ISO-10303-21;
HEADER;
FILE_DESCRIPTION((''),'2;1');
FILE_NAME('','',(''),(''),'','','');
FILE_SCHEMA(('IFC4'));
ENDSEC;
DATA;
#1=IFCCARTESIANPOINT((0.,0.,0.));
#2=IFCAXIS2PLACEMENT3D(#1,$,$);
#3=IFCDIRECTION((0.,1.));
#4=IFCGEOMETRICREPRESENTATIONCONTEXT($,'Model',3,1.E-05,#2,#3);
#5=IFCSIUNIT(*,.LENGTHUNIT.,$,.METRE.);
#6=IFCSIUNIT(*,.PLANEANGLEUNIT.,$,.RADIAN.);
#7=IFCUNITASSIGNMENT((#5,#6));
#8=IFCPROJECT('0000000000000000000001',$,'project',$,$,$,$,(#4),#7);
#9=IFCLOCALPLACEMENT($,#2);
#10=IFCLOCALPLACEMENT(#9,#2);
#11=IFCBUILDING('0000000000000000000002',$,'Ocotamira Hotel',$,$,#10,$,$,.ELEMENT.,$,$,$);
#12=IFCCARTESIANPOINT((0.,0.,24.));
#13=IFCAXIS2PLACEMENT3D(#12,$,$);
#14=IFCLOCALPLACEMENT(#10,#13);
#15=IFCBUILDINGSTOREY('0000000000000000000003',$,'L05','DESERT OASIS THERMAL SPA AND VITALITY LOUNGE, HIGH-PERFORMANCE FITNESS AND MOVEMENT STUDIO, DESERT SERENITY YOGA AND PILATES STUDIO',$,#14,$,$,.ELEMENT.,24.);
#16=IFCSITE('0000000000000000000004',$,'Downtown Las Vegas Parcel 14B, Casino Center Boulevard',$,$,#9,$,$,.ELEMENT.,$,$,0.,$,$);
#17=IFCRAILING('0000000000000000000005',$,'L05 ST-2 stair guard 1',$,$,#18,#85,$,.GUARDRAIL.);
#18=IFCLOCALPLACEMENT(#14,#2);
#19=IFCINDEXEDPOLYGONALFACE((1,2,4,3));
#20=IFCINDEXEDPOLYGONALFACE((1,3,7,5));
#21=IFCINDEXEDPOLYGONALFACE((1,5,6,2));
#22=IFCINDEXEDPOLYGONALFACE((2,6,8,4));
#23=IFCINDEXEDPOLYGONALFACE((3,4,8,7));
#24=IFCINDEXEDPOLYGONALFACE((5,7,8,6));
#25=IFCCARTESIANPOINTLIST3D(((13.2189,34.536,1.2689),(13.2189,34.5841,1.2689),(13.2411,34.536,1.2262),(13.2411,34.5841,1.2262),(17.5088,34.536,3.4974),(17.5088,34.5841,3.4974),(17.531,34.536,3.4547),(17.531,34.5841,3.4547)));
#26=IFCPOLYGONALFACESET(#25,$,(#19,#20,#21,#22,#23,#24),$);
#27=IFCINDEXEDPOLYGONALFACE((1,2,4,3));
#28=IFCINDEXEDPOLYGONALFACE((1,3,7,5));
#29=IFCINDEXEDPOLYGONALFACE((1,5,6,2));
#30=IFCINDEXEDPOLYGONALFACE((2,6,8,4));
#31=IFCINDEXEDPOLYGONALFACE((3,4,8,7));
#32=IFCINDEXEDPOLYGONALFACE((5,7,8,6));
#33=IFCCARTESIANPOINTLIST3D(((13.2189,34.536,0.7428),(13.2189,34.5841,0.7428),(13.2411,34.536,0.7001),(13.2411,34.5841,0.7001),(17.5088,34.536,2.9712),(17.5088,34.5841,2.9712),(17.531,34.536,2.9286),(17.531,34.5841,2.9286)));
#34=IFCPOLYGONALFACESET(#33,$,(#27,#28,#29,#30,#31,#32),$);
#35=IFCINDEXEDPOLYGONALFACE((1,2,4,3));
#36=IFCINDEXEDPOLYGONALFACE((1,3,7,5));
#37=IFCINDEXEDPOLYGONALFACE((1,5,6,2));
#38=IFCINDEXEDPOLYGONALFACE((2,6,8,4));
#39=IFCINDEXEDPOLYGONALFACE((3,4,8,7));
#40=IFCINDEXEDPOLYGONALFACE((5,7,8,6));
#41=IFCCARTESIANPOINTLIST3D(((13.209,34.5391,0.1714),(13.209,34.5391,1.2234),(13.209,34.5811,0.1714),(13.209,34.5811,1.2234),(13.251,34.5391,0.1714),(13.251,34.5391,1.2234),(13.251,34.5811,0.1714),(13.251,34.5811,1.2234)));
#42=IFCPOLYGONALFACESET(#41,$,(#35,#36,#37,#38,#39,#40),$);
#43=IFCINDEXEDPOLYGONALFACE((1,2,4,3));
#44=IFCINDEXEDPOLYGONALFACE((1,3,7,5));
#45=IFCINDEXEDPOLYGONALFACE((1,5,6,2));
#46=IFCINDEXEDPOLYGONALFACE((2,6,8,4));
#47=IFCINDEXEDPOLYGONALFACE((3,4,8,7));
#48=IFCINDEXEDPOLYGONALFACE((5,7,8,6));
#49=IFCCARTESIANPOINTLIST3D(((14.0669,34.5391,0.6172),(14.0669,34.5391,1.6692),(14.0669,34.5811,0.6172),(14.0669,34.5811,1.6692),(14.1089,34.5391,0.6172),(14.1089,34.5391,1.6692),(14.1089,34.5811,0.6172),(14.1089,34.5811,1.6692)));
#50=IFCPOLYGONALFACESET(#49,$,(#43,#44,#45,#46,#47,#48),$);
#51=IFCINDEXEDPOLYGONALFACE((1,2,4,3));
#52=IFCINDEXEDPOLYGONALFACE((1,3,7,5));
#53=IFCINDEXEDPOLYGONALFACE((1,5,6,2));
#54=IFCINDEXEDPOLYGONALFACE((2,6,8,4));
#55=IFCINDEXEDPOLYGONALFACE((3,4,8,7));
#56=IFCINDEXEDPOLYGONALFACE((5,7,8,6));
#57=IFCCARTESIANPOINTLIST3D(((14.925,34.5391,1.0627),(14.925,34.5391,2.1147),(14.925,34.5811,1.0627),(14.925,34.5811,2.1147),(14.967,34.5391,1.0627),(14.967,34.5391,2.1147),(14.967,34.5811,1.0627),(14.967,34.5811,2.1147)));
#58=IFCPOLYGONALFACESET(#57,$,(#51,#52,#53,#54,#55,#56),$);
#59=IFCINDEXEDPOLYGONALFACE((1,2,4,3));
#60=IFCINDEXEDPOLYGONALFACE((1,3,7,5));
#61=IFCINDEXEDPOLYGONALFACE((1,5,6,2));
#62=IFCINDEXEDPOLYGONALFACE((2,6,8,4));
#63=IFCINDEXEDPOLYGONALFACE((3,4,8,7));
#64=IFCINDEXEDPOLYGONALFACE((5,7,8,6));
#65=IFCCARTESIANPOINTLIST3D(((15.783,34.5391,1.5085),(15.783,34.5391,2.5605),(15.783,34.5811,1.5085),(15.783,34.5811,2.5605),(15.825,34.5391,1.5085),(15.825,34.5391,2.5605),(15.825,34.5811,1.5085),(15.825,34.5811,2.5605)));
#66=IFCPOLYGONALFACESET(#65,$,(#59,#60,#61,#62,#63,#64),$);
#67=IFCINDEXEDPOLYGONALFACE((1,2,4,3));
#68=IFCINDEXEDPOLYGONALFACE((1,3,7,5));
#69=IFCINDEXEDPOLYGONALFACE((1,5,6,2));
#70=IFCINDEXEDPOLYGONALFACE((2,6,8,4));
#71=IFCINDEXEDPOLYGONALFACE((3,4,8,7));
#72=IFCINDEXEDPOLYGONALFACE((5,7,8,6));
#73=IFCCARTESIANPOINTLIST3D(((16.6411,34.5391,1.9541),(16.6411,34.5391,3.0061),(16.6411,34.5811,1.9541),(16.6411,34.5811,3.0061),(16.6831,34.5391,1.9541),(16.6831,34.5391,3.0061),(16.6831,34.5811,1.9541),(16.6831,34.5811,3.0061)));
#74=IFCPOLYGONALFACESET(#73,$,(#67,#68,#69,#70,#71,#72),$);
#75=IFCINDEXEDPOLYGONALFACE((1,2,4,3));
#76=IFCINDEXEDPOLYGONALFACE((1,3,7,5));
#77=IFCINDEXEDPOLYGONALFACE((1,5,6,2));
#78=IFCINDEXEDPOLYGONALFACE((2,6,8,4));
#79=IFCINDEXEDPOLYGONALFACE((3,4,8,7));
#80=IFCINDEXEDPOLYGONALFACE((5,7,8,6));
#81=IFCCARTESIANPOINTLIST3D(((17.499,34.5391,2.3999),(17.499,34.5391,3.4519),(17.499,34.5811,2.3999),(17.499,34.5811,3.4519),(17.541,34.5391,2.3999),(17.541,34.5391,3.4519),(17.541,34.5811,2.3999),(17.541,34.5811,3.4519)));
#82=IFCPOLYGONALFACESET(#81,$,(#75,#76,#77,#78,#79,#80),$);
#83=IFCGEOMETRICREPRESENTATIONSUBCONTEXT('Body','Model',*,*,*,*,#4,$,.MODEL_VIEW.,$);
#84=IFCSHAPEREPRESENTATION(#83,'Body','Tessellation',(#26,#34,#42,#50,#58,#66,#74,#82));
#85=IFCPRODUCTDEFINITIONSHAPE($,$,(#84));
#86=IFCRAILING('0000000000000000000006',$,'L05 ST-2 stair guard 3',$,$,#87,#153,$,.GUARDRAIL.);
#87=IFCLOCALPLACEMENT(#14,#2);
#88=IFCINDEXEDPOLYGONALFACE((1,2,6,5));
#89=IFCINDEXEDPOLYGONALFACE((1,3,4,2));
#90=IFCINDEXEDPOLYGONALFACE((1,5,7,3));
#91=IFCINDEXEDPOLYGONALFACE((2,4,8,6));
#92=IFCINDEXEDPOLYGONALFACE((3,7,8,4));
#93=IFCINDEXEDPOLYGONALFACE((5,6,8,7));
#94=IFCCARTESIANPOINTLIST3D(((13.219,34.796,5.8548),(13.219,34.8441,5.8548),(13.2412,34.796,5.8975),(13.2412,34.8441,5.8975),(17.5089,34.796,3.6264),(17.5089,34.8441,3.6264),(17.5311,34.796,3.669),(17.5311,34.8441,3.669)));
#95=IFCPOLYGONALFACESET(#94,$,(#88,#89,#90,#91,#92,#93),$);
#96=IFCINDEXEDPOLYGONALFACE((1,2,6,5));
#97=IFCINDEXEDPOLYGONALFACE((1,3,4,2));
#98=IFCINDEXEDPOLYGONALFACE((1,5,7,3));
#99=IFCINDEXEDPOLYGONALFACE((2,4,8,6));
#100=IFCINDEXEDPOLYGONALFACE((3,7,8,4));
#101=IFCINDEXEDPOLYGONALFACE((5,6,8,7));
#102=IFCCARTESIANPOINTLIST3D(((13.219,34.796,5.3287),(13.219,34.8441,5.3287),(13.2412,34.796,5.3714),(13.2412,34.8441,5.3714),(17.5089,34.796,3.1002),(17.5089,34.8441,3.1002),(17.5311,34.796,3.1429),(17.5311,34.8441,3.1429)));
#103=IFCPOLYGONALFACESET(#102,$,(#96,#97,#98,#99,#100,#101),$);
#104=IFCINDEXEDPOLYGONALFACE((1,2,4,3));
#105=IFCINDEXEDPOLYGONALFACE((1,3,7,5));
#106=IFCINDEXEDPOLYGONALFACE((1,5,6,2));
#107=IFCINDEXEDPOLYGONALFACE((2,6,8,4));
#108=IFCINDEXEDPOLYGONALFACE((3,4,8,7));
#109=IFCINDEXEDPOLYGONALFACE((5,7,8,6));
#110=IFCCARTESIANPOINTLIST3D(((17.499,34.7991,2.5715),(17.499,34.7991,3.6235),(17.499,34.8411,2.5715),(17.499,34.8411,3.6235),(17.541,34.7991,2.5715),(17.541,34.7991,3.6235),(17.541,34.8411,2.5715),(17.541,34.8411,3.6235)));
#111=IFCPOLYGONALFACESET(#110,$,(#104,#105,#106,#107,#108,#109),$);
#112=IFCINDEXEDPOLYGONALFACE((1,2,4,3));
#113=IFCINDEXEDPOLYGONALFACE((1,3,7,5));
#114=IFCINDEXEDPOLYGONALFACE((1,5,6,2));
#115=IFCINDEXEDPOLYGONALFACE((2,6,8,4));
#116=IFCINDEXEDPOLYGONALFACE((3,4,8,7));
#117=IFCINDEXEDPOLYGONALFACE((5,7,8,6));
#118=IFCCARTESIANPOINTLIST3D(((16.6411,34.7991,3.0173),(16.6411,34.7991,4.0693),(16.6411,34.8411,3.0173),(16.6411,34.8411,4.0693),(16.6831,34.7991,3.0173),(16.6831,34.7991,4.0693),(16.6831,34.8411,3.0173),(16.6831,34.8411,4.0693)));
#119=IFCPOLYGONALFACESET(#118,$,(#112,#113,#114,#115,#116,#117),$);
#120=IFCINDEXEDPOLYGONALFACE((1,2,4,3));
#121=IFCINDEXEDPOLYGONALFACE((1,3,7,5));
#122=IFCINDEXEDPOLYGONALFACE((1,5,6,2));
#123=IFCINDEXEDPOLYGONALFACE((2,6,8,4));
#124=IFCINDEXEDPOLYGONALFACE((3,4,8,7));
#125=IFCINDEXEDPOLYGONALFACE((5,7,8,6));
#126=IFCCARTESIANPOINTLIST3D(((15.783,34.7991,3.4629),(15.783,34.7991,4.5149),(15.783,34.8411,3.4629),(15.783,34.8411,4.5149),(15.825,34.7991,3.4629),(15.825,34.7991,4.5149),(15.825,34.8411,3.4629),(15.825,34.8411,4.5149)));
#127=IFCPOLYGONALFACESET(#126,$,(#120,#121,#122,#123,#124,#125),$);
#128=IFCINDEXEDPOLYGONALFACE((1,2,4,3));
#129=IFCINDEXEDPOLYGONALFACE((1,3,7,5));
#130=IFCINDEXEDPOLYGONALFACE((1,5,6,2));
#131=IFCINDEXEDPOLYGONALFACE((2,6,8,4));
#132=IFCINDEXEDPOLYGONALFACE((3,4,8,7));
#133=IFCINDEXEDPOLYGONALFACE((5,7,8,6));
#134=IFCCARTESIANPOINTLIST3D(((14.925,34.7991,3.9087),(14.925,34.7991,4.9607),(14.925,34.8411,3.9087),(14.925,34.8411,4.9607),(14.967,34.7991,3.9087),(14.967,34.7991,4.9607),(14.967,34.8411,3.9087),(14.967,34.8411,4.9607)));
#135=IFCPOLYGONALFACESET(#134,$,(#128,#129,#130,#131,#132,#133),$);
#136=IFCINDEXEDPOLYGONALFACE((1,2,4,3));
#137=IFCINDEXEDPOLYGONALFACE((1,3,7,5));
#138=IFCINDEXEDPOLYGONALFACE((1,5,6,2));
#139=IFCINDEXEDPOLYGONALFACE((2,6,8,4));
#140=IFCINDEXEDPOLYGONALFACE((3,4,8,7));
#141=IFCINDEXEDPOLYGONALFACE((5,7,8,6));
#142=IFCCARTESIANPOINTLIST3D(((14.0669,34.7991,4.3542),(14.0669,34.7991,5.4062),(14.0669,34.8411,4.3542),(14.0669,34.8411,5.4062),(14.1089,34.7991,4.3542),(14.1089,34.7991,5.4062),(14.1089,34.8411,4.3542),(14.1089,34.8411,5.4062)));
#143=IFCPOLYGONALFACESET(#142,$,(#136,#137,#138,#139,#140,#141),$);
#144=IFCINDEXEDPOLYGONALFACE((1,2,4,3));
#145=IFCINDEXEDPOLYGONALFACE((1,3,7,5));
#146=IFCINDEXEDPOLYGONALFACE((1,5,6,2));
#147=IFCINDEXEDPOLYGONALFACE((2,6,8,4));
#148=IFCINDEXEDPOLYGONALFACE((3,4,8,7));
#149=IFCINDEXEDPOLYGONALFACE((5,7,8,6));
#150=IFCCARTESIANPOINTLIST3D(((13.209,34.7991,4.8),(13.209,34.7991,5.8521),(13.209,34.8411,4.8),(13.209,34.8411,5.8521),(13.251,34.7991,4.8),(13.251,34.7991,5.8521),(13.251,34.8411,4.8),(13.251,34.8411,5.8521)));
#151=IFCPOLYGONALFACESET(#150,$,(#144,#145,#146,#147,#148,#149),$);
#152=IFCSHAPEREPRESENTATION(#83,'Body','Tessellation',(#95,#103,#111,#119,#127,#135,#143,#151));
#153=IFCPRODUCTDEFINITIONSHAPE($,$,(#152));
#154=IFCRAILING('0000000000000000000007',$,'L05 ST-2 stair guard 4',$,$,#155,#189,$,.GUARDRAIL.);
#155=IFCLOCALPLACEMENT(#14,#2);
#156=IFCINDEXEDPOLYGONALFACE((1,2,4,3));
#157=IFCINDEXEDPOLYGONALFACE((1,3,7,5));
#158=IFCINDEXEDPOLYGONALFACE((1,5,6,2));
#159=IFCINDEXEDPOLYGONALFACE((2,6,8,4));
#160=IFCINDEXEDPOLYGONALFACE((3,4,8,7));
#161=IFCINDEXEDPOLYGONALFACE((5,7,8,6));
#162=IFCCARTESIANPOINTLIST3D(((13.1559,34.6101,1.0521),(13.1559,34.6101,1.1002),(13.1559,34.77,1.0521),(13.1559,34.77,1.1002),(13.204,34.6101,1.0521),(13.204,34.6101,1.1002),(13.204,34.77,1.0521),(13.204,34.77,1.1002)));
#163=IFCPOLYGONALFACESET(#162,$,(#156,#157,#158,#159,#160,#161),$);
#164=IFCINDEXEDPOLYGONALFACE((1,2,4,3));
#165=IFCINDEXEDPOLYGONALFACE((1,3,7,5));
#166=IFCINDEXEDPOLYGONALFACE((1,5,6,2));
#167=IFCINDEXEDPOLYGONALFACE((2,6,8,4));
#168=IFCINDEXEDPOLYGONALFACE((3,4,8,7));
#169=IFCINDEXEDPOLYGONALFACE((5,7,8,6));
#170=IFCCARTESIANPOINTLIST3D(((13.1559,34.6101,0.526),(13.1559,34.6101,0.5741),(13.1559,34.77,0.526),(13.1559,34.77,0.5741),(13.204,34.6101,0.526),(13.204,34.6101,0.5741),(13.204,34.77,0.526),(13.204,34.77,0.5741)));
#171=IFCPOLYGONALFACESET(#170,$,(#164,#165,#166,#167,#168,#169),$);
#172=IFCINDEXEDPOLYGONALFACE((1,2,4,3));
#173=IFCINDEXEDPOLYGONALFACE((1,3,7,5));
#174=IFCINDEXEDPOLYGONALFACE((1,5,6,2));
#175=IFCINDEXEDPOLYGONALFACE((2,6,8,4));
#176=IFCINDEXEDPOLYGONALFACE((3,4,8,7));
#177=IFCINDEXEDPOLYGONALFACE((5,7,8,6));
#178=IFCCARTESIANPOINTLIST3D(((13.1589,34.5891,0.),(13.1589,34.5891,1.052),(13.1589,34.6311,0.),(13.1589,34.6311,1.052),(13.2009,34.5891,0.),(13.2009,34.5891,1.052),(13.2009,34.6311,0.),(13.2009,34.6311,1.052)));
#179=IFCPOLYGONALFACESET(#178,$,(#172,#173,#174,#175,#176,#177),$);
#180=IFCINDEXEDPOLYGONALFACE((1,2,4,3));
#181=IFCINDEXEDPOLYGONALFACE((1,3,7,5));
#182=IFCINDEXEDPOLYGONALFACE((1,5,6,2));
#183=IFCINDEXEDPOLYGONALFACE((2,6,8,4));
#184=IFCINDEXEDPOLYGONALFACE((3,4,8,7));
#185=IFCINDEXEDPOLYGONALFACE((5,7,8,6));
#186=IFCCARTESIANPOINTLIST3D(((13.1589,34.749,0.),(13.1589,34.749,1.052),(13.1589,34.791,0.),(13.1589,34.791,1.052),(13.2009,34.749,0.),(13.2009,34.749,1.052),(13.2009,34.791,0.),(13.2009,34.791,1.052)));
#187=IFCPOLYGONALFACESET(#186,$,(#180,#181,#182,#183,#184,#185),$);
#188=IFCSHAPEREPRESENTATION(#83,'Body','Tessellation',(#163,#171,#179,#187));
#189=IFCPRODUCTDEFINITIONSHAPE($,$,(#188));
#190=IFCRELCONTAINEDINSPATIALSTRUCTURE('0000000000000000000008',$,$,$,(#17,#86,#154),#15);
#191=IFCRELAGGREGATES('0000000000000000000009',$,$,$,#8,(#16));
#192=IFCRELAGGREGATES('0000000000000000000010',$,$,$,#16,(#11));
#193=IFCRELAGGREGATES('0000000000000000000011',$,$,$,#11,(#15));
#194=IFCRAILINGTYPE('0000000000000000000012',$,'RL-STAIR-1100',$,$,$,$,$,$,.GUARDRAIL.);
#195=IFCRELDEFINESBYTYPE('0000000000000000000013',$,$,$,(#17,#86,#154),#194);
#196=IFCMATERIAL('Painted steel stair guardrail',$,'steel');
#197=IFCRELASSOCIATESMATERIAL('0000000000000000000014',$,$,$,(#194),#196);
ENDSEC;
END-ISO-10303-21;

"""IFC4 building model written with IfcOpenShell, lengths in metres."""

from ifc_helpers import new_model, si_unit, direction, frame, origin, origin_2d, place, context, subcontext, project, spatial, rectangle, extrude, material, type_object, element, save


model = new_model("IFC4")

# Units and contexts
model_context = context("Model", 3, precision=1e-05, world=origin(), true_north=direction((0.0, 1.0)))
body_context = subcontext(model_context, "Body", "Model", "MODEL_VIEW")
ifc_project = project(units=[si_unit("LENGTHUNIT", "METRE"), si_unit("PLANEANGLEUNIT", "RADIAN")], contexts=[model_context])

# Site, building, storey
site_placement = place(None, origin())
site = spatial("IfcSite", under=ifc_project, at=site_placement, Name="Downtown Las Vegas Parcel 14B, Casino Center Boulevard", CompositionType="ELEMENT", RefElevation=0.0)
building_placement = place(site_placement, origin())
building = spatial("IfcBuilding", under=site, at=building_placement, Name="Ocotamira Hotel", CompositionType="ELEMENT")
storey_placement = place(building_placement, frame((0.0, 0.0, 24.0)))
storey = spatial("IfcBuildingStorey", under=building, at=storey_placement, Name="L05", Description="DESERT OASIS THERMAL SPA AND VITALITY LOUNGE, HIGH-PERFORMANCE FITNESS AND MOVEMENT STUDIO, DESERT SERENITY YOGA AND PILATES STUDIO", CompositionType="ELEMENT", Elevation=24.0)

# Railings
ifc_material_1 = material(Name="Painted steel stair guardrail", Category="steel")
railing_type_1 = type_object("IfcRailingType", Name="RL-STAIR-1100", PredefinedType="GUARDRAIL", material=ifc_material_1)
railing_1_placement = place(storey_placement, frame((13.23, 34.5601, 0.1714)))
element("IfcRailing", 1, at=railing_1_placement, inside=storey, type_object=railing_type_1, Name="L05 ST-2 stair guard 1", PredefinedType="GUARDRAIL", context=body_context, shape_type="SweptSolid", body=[
    extrude(rectangle(XDim=0.0481, YDim=0.0481, at=origin_2d()), frame((0.0, 0.0, 1.0762), z_axis=(0.887412, 0.0, 0.460977), x_axis=(0.0, 1.0, 0.0)), (0.0, 0.0, 1.0), 4.8342),
    extrude(rectangle(XDim=0.0481, YDim=0.0481, at=origin_2d()), frame((0.0, 0.0, 0.55), z_axis=(0.887412, 0.0, 0.460977), x_axis=(0.0, 1.0, 0.0)), (0.0, 0.0, 1.0), 4.8342),
    extrude(rectangle(XDim=0.042, YDim=0.042, at=origin_2d()), origin(), (0.0, 0.0, 1.0), 1.052),
    extrude(rectangle(XDim=0.042, YDim=0.042, at=origin_2d()), frame((0.8579, 0.0, 0.4458)), (0.0, 0.0, 1.0), 1.052),
    extrude(rectangle(XDim=0.042, YDim=0.042, at=origin_2d()), frame((1.7161, 0.0, 0.8914)), (0.0, 0.0, 1.0), 1.052),
    extrude(rectangle(XDim=0.042, YDim=0.042, at=origin_2d()), frame((2.574, 0.0, 1.3372)), (0.0, 0.0, 1.0), 1.052),
    extrude(rectangle(XDim=0.042, YDim=0.042, at=origin_2d()), frame((3.4321, 0.0, 1.7827)), (0.0, 0.0, 1.0), 1.052),
    extrude(rectangle(XDim=0.042, YDim=0.042, at=origin_2d()), frame((4.29, 0.0, 2.2285)), (0.0, 0.0, 1.0), 1.052),
])
railing_2_placement = place(storey_placement, frame((17.52, 34.8201, 2.5715)))
element("IfcRailing", 2, at=railing_2_placement, inside=storey, type_object=railing_type_1, Name="L05 ST-2 stair guard 3", PredefinedType="GUARDRAIL", context=body_context, shape_type="SweptSolid", body=[
    extrude(rectangle(XDim=0.0481, YDim=0.0481, at=origin_2d()), frame((0.0, 0.0, 1.0762), z_axis=(-0.887412, 0.0, 0.460977), x_axis=(0.0, -1.0, 0.0)), (0.0, 0.0, 1.0), 4.8342),
    extrude(rectangle(XDim=0.0481, YDim=0.0481, at=origin_2d()), frame((0.0, 0.0, 0.55), z_axis=(-0.887412, 0.0, 0.460977), x_axis=(0.0, -1.0, 0.0)), (0.0, 0.0, 1.0), 4.8342),
    extrude(rectangle(XDim=0.042, YDim=0.042, at=origin_2d()), origin(), (0.0, 0.0, 1.0), 1.052),
    extrude(rectangle(XDim=0.042, YDim=0.042, at=origin_2d()), frame((-0.8579, 0.0, 0.4458)), (0.0, 0.0, 1.0), 1.052),
    extrude(rectangle(XDim=0.042, YDim=0.042, at=origin_2d()), frame((-1.7161, 0.0, 0.8914)), (0.0, 0.0, 1.0), 1.052),
    extrude(rectangle(XDim=0.042, YDim=0.042, at=origin_2d()), frame((-2.574, 0.0, 1.3372)), (0.0, 0.0, 1.0), 1.052),
    extrude(rectangle(XDim=0.042, YDim=0.042, at=origin_2d()), frame((-3.4321, 0.0, 1.7827)), (0.0, 0.0, 1.0), 1.052),
    extrude(rectangle(XDim=0.042, YDim=0.042, at=origin_2d()), frame((-4.29, 0.0, 2.2285)), (0.0, 0.0, 1.0), 1.052),
])
railing_3_placement = place(storey_placement, frame((13.1799, 34.6101, 0.0)))
element("IfcRailing", 3, at=railing_3_placement, inside=storey, type_object=railing_type_1, Name="L05 ST-2 stair guard 4", PredefinedType="GUARDRAIL", context=body_context, shape_type="SweptSolid", body=[
    extrude(rectangle(XDim=0.0481, YDim=0.0481, at=origin_2d()), frame((0.0, 0.0, 1.0762), z_axis=(0.0, 1.0, 0.0), x_axis=(-1.0, 0.0, 0.0)), (0.0, 0.0, 1.0), 0.1599),
    extrude(rectangle(XDim=0.0481, YDim=0.0481, at=origin_2d()), frame((0.0, 0.0, 0.55), z_axis=(0.0, 1.0, 0.0), x_axis=(-1.0, 0.0, 0.0)), (0.0, 0.0, 1.0), 0.1599),
    extrude(rectangle(XDim=0.042, YDim=0.042, at=origin_2d()), origin(), (0.0, 0.0, 1.0), 1.052),
    extrude(rectangle(XDim=0.042, YDim=0.042, at=origin_2d()), frame((0.0, 0.1599, 0.0)), (0.0, 0.0, 1.0), 1.052),
])

save(model, "model.ifc")
